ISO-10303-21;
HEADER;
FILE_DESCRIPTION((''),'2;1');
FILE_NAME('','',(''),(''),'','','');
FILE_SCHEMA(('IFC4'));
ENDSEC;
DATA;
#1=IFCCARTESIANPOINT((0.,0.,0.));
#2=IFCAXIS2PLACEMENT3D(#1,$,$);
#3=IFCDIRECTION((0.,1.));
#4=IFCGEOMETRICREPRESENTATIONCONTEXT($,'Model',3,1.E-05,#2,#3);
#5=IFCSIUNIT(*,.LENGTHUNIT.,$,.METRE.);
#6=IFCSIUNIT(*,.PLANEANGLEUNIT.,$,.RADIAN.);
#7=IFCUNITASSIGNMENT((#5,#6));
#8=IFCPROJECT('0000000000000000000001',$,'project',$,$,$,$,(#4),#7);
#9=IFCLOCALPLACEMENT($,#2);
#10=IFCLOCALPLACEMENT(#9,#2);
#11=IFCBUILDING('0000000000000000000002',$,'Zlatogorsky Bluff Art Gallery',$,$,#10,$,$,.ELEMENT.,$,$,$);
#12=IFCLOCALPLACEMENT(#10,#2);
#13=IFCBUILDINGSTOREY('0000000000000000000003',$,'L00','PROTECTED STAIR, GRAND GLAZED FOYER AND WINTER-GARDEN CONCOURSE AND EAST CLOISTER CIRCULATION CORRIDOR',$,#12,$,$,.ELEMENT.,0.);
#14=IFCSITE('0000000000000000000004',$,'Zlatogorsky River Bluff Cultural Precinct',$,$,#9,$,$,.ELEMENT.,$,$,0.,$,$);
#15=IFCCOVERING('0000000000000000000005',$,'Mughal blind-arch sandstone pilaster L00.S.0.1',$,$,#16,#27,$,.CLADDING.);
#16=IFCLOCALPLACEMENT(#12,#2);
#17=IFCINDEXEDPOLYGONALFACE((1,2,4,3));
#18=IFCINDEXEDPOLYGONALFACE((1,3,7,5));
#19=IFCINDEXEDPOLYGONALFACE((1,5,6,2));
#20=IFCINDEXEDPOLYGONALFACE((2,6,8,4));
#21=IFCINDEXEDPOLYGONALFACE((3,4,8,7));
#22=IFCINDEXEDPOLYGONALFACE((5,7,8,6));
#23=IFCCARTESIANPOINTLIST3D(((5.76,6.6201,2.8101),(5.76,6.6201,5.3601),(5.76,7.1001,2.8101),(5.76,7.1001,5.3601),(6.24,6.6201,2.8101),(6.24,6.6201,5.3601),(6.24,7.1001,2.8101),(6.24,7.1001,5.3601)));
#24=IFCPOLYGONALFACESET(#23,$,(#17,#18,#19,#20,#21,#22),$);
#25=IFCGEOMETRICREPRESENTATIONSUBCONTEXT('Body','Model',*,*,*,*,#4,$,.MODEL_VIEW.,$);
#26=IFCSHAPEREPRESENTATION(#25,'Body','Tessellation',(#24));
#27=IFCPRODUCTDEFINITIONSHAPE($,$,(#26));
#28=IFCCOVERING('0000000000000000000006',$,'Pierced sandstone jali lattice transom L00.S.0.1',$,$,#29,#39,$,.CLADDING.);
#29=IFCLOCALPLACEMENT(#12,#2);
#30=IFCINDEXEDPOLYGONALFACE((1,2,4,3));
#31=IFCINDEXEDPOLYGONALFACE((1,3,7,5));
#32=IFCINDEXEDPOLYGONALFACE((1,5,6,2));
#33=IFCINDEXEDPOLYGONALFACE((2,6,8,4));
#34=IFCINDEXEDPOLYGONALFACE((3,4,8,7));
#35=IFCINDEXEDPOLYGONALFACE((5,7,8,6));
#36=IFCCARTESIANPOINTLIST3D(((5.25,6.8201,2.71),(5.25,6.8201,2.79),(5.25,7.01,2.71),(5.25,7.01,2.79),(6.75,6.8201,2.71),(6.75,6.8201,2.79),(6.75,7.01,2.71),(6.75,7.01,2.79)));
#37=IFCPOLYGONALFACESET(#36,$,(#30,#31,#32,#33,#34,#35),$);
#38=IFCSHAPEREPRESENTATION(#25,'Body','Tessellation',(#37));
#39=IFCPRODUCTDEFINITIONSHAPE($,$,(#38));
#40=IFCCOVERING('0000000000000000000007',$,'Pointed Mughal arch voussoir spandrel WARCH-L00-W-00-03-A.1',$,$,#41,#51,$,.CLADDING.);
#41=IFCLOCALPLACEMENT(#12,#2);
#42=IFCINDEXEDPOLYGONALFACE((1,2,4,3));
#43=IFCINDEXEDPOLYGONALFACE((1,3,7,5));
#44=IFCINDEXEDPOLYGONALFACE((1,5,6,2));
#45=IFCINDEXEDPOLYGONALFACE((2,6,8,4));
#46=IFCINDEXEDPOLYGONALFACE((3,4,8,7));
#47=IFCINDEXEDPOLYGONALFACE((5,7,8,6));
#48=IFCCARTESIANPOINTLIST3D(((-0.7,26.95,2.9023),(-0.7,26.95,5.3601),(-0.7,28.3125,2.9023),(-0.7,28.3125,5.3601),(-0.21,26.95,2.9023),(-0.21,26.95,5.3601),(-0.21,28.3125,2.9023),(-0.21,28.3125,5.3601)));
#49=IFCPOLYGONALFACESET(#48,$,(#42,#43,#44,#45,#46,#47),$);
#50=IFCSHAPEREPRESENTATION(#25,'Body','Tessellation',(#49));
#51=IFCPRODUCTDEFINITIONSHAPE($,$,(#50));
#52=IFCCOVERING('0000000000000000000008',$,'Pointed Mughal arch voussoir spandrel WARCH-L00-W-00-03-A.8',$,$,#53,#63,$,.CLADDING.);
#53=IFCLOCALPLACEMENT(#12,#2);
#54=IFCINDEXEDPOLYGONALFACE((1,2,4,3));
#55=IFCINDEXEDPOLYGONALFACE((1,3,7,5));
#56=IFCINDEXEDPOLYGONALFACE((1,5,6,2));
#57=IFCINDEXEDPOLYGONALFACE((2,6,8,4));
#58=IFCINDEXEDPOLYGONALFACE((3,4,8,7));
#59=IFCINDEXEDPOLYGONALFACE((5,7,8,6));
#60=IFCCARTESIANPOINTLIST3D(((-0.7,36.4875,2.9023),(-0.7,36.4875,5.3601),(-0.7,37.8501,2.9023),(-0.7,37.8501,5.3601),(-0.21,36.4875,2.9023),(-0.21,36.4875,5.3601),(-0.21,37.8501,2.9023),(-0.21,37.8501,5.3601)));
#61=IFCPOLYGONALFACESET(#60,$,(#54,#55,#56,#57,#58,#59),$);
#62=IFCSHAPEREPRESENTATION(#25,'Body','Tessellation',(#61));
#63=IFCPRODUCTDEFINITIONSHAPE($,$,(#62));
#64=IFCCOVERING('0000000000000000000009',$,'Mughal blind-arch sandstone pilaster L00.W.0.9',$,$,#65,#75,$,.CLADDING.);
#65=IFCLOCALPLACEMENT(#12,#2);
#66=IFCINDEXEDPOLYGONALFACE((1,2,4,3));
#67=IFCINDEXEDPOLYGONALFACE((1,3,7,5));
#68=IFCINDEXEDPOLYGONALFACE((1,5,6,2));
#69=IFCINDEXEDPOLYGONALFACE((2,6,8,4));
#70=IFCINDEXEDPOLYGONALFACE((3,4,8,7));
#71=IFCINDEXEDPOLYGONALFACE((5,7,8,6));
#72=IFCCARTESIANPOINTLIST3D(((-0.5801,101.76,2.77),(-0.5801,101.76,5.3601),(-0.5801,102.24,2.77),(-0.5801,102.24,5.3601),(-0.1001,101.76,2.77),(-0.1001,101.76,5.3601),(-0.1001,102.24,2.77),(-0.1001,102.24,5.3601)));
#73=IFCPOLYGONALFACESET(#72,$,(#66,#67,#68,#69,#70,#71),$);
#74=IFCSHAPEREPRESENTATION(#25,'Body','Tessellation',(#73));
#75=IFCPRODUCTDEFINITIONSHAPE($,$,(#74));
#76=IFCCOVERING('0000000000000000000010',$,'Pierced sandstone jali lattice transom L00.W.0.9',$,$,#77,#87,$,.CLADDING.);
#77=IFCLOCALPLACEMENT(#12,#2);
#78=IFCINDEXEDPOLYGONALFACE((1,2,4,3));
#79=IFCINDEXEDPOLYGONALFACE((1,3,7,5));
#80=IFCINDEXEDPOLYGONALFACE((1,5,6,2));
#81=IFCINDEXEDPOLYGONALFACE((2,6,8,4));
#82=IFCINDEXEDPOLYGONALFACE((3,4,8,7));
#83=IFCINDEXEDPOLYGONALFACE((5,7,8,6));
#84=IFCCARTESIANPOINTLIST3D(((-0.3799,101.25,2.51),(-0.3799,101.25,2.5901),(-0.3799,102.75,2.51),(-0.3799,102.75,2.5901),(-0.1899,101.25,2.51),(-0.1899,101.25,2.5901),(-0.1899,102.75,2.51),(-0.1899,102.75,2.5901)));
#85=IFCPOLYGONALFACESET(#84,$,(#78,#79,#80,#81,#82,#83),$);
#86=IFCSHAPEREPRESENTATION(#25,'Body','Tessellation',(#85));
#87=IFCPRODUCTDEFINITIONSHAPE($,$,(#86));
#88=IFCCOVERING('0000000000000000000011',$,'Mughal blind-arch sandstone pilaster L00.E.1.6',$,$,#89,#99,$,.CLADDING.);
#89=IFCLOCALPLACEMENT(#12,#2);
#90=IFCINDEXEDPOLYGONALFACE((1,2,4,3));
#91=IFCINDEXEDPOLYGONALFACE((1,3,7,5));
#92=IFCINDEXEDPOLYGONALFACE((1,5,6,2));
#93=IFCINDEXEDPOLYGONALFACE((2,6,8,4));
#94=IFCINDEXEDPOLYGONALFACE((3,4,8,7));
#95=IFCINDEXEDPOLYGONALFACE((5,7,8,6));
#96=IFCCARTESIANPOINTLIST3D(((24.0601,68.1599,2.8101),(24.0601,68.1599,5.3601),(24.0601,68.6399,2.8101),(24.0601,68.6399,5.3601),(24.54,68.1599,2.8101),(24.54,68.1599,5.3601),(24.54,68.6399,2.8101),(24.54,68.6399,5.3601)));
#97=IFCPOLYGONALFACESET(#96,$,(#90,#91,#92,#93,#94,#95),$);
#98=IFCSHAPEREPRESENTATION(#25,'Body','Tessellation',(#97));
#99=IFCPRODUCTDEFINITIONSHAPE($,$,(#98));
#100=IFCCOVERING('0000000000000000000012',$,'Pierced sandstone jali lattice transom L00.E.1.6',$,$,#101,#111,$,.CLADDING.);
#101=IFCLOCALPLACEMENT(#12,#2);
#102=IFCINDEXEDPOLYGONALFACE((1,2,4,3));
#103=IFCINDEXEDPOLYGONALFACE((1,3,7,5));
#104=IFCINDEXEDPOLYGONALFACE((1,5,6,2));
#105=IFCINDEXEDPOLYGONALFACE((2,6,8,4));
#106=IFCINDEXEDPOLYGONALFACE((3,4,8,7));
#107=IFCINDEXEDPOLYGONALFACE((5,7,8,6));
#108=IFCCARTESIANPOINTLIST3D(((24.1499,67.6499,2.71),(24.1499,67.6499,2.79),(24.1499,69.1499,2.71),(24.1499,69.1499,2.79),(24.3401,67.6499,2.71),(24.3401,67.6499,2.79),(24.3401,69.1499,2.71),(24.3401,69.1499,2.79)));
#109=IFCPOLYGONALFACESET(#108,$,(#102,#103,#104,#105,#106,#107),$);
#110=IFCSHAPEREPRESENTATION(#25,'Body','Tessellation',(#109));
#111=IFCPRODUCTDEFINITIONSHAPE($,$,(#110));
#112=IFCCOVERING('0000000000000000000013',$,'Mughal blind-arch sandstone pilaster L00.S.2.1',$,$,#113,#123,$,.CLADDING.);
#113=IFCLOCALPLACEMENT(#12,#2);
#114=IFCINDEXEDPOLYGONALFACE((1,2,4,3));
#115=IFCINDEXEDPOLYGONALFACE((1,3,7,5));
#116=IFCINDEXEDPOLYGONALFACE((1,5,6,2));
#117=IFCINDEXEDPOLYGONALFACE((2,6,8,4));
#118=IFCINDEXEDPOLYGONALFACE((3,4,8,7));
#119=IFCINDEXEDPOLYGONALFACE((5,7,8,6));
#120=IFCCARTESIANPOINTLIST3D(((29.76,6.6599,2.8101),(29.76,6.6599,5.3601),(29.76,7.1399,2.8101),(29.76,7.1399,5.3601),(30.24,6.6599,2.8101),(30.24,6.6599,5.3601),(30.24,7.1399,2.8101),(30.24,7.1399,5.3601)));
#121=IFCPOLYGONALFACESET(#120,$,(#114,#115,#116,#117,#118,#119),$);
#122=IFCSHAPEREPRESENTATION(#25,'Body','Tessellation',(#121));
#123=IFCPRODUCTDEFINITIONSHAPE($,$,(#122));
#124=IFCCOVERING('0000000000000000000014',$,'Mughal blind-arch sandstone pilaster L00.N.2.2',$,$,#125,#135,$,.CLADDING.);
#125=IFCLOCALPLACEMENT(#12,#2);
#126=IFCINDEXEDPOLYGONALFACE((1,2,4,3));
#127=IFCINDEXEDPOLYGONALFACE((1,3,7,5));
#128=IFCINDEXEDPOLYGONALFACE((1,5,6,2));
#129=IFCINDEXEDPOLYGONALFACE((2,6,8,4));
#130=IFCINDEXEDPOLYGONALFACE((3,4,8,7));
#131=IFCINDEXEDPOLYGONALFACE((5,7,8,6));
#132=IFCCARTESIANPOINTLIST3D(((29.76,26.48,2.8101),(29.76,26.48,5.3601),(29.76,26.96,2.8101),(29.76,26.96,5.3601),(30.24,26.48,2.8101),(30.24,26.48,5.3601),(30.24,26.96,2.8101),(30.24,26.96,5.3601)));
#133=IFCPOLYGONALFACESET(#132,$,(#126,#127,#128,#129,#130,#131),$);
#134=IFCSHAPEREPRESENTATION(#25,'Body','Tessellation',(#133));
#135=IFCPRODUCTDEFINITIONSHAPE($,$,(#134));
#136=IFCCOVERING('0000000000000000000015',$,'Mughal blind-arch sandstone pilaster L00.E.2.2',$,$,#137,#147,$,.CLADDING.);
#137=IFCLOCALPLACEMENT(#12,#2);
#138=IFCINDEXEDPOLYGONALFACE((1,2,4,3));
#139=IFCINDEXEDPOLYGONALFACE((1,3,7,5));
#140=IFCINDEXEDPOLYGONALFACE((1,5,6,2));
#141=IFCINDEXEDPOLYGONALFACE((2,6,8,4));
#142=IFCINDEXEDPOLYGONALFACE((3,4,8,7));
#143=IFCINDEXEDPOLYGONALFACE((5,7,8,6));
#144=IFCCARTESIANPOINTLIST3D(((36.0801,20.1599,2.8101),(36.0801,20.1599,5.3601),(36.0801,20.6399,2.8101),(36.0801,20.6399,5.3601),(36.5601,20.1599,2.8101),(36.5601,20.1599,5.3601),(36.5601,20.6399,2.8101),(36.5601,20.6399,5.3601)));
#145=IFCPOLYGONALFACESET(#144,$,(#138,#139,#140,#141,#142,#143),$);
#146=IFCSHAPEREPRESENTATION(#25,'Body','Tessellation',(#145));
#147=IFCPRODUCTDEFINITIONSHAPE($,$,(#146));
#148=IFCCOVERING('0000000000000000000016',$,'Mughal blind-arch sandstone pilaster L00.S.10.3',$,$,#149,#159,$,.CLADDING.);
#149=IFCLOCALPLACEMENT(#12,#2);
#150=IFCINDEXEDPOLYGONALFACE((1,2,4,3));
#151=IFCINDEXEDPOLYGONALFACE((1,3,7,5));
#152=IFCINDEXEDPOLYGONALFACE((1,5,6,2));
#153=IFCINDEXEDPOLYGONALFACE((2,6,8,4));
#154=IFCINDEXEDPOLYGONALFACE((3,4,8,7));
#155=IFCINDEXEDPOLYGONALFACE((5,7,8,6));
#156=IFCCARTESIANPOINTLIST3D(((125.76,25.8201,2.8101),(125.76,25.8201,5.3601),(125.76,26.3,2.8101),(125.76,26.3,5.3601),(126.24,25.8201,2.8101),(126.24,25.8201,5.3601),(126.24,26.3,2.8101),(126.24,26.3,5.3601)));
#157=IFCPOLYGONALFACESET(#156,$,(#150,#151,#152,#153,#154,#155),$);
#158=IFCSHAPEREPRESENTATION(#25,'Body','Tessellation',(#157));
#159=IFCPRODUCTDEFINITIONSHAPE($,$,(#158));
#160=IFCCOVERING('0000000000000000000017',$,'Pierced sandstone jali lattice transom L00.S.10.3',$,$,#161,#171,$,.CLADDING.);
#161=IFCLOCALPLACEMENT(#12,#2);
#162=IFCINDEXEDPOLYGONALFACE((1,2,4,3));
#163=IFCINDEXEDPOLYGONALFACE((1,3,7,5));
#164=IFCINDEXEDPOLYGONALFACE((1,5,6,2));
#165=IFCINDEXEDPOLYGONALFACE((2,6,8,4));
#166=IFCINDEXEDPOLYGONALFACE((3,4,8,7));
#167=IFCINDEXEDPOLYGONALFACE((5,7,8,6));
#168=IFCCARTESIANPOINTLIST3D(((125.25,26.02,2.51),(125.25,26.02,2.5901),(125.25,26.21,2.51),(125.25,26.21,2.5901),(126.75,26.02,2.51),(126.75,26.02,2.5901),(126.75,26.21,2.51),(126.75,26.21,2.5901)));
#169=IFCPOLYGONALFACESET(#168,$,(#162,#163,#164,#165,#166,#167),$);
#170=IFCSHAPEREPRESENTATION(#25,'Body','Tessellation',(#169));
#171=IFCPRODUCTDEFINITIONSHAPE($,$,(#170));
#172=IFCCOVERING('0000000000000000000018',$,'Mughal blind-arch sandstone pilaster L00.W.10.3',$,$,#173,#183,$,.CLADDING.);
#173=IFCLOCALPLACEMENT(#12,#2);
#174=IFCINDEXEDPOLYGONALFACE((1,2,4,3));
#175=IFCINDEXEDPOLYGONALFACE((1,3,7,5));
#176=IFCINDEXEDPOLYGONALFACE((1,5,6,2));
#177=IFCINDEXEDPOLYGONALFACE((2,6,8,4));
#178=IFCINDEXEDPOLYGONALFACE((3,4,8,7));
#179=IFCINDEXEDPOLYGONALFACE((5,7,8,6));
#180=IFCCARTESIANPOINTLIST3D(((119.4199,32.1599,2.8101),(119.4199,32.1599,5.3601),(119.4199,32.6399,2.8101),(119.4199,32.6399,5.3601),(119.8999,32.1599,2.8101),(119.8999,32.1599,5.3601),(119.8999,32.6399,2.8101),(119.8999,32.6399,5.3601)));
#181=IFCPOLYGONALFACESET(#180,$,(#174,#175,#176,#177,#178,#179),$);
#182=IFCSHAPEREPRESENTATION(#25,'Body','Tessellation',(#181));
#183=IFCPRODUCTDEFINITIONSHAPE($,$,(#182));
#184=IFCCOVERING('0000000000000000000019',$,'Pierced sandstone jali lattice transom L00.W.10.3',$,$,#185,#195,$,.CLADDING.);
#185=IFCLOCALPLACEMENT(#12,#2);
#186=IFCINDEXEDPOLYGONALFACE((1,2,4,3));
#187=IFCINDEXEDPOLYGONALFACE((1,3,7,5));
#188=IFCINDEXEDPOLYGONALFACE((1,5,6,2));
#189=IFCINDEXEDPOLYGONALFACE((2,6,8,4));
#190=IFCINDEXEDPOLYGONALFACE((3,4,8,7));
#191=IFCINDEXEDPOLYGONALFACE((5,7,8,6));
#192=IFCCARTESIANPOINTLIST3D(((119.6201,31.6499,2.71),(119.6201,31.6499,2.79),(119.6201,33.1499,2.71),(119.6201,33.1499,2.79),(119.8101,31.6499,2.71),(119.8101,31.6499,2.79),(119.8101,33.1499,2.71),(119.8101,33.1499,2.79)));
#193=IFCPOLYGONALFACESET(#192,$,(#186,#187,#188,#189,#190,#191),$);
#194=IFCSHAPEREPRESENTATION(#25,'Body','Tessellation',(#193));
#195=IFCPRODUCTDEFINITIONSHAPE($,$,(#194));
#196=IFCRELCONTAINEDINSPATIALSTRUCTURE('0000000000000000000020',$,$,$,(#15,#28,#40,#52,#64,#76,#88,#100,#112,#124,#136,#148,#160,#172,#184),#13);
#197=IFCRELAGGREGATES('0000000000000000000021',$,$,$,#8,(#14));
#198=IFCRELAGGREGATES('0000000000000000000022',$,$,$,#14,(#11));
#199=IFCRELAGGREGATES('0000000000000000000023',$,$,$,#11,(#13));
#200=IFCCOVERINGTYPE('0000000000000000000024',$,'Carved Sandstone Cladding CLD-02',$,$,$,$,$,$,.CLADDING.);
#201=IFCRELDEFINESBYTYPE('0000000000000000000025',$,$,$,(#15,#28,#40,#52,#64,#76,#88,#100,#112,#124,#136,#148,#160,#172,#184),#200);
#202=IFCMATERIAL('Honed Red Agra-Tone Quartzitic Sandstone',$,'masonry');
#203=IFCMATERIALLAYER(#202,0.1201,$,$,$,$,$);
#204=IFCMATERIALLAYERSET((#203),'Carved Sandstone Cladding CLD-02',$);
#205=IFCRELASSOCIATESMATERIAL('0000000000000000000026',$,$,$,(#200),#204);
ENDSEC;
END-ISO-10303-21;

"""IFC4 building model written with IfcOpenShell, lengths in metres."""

from ifc_helpers import new_model, si_unit, direction, frame, origin, place, context, subcontext, project, spatial, polyline, outline, extrude, material, layer, layer_set, type_object, element, save


model = new_model("IFC4")

# Units and contexts
model_context = context("Model", 3, precision=1e-05, world=origin(), true_north=direction((0.0, 1.0)))
body_context = subcontext(model_context, "Body", "Model", "MODEL_VIEW")
ifc_project = project(units=[si_unit("LENGTHUNIT", "METRE"), si_unit("PLANEANGLEUNIT", "RADIAN")], contexts=[model_context])

# Site, building, storey
site_placement = place(None, origin())
site = spatial("IfcSite", under=ifc_project, at=site_placement, Name="Zlatogorsky River Bluff Cultural Precinct", CompositionType="ELEMENT", RefElevation=0.0)
building_placement = place(site_placement, origin())
building = spatial("IfcBuilding", under=site, at=building_placement, Name="Zlatogorsky Bluff Art Gallery", CompositionType="ELEMENT")
storey_placement = place(building_placement, origin())
storey = spatial("IfcBuildingStorey", under=building, at=storey_placement, Name="L00", Description="PROTECTED STAIR, GRAND GLAZED FOYER AND WINTER-GARDEN CONCOURSE AND EAST CLOISTER CIRCULATION CORRIDOR", CompositionType="ELEMENT", Elevation=0.0)

# Coverings
ifc_material = material(Name="Honed Red Agra-Tone Quartzitic Sandstone", Category="masonry")
ifc_layer = layer(ifc_material, 0.1201)
ifc_layer_set = layer_set([ifc_layer], Name="Carved Sandstone Cladding CLD-02")
covering_type = type_object("IfcCoveringType", Name="Carved Sandstone Cladding CLD-02", PredefinedType="CLADDING", material=ifc_layer_set)
covering_1_placement = place(storey_placement, frame((0.0, 0.0, 2.8101)))
element("IfcCovering", 1, at=covering_1_placement, inside=storey, type_object=covering_type, Name="Mughal blind-arch sandstone pilaster L00.S.0.1", PredefinedType="CLADDING", context=body_context, shape_type="SweptSolid", body=[
    extrude(outline(polyline([(5.76, 6.6201), (6.24, 6.6201), (6.24, 7.1001), (5.76, 7.1001), (5.76, 6.6201)])), origin(), (0.0, 0.0, 1.0), 2.55),
])
covering_2_placement = place(storey_placement, frame((0.0, 0.0, 2.71)))
element("IfcCovering", 2, at=covering_2_placement, inside=storey, type_object=covering_type, Name="Pierced sandstone jali lattice transom L00.S.0.1", PredefinedType="CLADDING", context=body_context, shape_type="SweptSolid", body=[
    extrude(outline(polyline([(5.25, 6.8201), (6.75, 6.8201), (6.75, 7.01), (5.25, 7.01), (5.25, 6.8201)])), origin(), (0.0, 0.0, 1.0), 0.0801),
])
covering_3_placement = place(storey_placement, frame((0.0, 0.0, 2.9023)))
element("IfcCovering", 3, at=covering_3_placement, inside=storey, type_object=covering_type, Name="Pointed Mughal arch voussoir spandrel WARCH-L00-W-00-03-A.1", PredefinedType="CLADDING", context=body_context, shape_type="SweptSolid", body=[
    extrude(outline(polyline([(-0.7, 26.95), (-0.7, 28.3125), (-0.21, 28.3125), (-0.21, 26.95), (-0.7, 26.95)])), origin(), (0.0, 0.0, 1.0), 2.4578),
])
covering_4_placement = place(storey_placement, frame((0.0, 0.0, 2.9023)))
element("IfcCovering", 4, at=covering_4_placement, inside=storey, type_object=covering_type, Name="Pointed Mughal arch voussoir spandrel WARCH-L00-W-00-03-A.8", PredefinedType="CLADDING", context=body_context, shape_type="SweptSolid", body=[
    extrude(outline(polyline([(-0.7, 36.4875), (-0.7, 37.8501), (-0.21, 37.8501), (-0.21, 36.4875), (-0.7, 36.4875)])), origin(), (0.0, 0.0, 1.0), 2.4578),
])
covering_5_placement = place(storey_placement, frame((0.0, 0.0, 2.77)))
element("IfcCovering", 5, at=covering_5_placement, inside=storey, type_object=covering_type, Name="Mughal blind-arch sandstone pilaster L00.W.0.9", PredefinedType="CLADDING", context=body_context, shape_type="SweptSolid", body=[
    extrude(outline(polyline([(-0.5801, 101.76), (-0.1001, 101.76), (-0.1001, 102.24), (-0.5801, 102.24), (-0.5801, 101.76)])), origin(), (0.0, 0.0, 1.0), 2.5901),
])
covering_6_placement = place(storey_placement, frame((0.0, 0.0, 2.51)))
element("IfcCovering", 6, at=covering_6_placement, inside=storey, type_object=covering_type, Name="Pierced sandstone jali lattice transom L00.W.0.9", PredefinedType="CLADDING", context=body_context, shape_type="SweptSolid", body=[
    extrude(outline(polyline([(-0.3799, 101.25), (-0.3799, 102.75), (-0.1899, 102.75), (-0.1899, 101.25), (-0.3799, 101.25)])), origin(), (0.0, 0.0, 1.0), 0.0801),
])
covering_7_placement = place(storey_placement, frame((0.0, 0.0, 2.8101)))
element("IfcCovering", 7, at=covering_7_placement, inside=storey, type_object=covering_type, Name="Mughal blind-arch sandstone pilaster L00.E.1.6", PredefinedType="CLADDING", context=body_context, shape_type="SweptSolid", body=[
    extrude(outline(polyline([(24.0601, 68.1599), (24.54, 68.1599), (24.54, 68.6399), (24.0601, 68.6399), (24.0601, 68.1599)])), origin(), (0.0, 0.0, 1.0), 2.55),
])
covering_8_placement = place(storey_placement, frame((0.0, 0.0, 2.71)))
element("IfcCovering", 8, at=covering_8_placement, inside=storey, type_object=covering_type, Name="Pierced sandstone jali lattice transom L00.E.1.6", PredefinedType="CLADDING", context=body_context, shape_type="SweptSolid", body=[
    extrude(outline(polyline([(24.1499, 67.6499), (24.1499, 69.1499), (24.3401, 69.1499), (24.3401, 67.6499), (24.1499, 67.6499)])), origin(), (0.0, 0.0, 1.0), 0.0801),
])
covering_9_placement = place(storey_placement, frame((0.0, 0.0, 2.8101)))
element("IfcCovering", 9, at=covering_9_placement, inside=storey, type_object=covering_type, Name="Mughal blind-arch sandstone pilaster L00.S.2.1", PredefinedType="CLADDING", context=body_context, shape_type="SweptSolid", body=[
    extrude(outline(polyline([(29.76, 6.6599), (30.24, 6.6599), (30.24, 7.1399), (29.76, 7.1399), (29.76, 6.6599)])), origin(), (0.0, 0.0, 1.0), 2.55),
])
covering_10_placement = place(storey_placement, frame((0.0, 0.0, 2.8101)))
element("IfcCovering", 10, at=covering_10_placement, inside=storey, type_object=covering_type, Name="Mughal blind-arch sandstone pilaster L00.N.2.2", PredefinedType="CLADDING", context=body_context, shape_type="SweptSolid", body=[
    extrude(outline(polyline([(29.76, 26.48), (30.24, 26.48), (30.24, 26.96), (29.76, 26.96), (29.76, 26.48)])), origin(), (0.0, 0.0, 1.0), 2.55),
])
covering_11_placement = place(storey_placement, frame((0.0, 0.0, 2.8101)))
element("IfcCovering", 11, at=covering_11_placement, inside=storey, type_object=covering_type, Name="Mughal blind-arch sandstone pilaster L00.E.2.2", PredefinedType="CLADDING", context=body_context, shape_type="SweptSolid", body=[
    extrude(outline(polyline([(36.0801, 20.1599), (36.5601, 20.1599), (36.5601, 20.6399), (36.0801, 20.6399), (36.0801, 20.1599)])), origin(), (0.0, 0.0, 1.0), 2.55),
])
covering_12_placement = place(storey_placement, frame((0.0, 0.0, 2.8101)))
element("IfcCovering", 12, at=covering_12_placement, inside=storey, type_object=covering_type, Name="Mughal blind-arch sandstone pilaster L00.S.10.3", PredefinedType="CLADDING", context=body_context, shape_type="SweptSolid", body=[
    extrude(outline(polyline([(125.76, 25.8201), (126.24, 25.8201), (126.24, 26.3), (125.76, 26.3), (125.76, 25.8201)])), origin(), (0.0, 0.0, 1.0), 2.55),
])
covering_13_placement = place(storey_placement, frame((0.0, 0.0, 2.51)))
element("IfcCovering", 13, at=covering_13_placement, inside=storey, type_object=covering_type, Name="Pierced sandstone jali lattice transom L00.S.10.3", PredefinedType="CLADDING", context=body_context, shape_type="SweptSolid", body=[
    extrude(outline(polyline([(125.25, 26.02), (126.75, 26.02), (126.75, 26.21), (125.25, 26.21), (125.25, 26.02)])), origin(), (0.0, 0.0, 1.0), 0.0801),
])
covering_14_placement = place(storey_placement, frame((0.0, 0.0, 2.8101)))
element("IfcCovering", 14, at=covering_14_placement, inside=storey, type_object=covering_type, Name="Mughal blind-arch sandstone pilaster L00.W.10.3", PredefinedType="CLADDING", context=body_context, shape_type="SweptSolid", body=[
    extrude(outline(polyline([(119.4199, 32.1599), (119.8999, 32.1599), (119.8999, 32.6399), (119.4199, 32.6399), (119.4199, 32.1599)])), origin(), (0.0, 0.0, 1.0), 2.55),
])
covering_15_placement = place(storey_placement, frame((0.0, 0.0, 2.71)))
element("IfcCovering", 15, at=covering_15_placement, inside=storey, type_object=covering_type, Name="Pierced sandstone jali lattice transom L00.W.10.3", PredefinedType="CLADDING", context=body_context, shape_type="SweptSolid", body=[
    extrude(outline(polyline([(119.6201, 31.6499), (119.6201, 33.1499), (119.8101, 33.1499), (119.8101, 31.6499), (119.6201, 31.6499)])), origin(), (0.0, 0.0, 1.0), 0.0801),
])

save(model, "model.ifc")
